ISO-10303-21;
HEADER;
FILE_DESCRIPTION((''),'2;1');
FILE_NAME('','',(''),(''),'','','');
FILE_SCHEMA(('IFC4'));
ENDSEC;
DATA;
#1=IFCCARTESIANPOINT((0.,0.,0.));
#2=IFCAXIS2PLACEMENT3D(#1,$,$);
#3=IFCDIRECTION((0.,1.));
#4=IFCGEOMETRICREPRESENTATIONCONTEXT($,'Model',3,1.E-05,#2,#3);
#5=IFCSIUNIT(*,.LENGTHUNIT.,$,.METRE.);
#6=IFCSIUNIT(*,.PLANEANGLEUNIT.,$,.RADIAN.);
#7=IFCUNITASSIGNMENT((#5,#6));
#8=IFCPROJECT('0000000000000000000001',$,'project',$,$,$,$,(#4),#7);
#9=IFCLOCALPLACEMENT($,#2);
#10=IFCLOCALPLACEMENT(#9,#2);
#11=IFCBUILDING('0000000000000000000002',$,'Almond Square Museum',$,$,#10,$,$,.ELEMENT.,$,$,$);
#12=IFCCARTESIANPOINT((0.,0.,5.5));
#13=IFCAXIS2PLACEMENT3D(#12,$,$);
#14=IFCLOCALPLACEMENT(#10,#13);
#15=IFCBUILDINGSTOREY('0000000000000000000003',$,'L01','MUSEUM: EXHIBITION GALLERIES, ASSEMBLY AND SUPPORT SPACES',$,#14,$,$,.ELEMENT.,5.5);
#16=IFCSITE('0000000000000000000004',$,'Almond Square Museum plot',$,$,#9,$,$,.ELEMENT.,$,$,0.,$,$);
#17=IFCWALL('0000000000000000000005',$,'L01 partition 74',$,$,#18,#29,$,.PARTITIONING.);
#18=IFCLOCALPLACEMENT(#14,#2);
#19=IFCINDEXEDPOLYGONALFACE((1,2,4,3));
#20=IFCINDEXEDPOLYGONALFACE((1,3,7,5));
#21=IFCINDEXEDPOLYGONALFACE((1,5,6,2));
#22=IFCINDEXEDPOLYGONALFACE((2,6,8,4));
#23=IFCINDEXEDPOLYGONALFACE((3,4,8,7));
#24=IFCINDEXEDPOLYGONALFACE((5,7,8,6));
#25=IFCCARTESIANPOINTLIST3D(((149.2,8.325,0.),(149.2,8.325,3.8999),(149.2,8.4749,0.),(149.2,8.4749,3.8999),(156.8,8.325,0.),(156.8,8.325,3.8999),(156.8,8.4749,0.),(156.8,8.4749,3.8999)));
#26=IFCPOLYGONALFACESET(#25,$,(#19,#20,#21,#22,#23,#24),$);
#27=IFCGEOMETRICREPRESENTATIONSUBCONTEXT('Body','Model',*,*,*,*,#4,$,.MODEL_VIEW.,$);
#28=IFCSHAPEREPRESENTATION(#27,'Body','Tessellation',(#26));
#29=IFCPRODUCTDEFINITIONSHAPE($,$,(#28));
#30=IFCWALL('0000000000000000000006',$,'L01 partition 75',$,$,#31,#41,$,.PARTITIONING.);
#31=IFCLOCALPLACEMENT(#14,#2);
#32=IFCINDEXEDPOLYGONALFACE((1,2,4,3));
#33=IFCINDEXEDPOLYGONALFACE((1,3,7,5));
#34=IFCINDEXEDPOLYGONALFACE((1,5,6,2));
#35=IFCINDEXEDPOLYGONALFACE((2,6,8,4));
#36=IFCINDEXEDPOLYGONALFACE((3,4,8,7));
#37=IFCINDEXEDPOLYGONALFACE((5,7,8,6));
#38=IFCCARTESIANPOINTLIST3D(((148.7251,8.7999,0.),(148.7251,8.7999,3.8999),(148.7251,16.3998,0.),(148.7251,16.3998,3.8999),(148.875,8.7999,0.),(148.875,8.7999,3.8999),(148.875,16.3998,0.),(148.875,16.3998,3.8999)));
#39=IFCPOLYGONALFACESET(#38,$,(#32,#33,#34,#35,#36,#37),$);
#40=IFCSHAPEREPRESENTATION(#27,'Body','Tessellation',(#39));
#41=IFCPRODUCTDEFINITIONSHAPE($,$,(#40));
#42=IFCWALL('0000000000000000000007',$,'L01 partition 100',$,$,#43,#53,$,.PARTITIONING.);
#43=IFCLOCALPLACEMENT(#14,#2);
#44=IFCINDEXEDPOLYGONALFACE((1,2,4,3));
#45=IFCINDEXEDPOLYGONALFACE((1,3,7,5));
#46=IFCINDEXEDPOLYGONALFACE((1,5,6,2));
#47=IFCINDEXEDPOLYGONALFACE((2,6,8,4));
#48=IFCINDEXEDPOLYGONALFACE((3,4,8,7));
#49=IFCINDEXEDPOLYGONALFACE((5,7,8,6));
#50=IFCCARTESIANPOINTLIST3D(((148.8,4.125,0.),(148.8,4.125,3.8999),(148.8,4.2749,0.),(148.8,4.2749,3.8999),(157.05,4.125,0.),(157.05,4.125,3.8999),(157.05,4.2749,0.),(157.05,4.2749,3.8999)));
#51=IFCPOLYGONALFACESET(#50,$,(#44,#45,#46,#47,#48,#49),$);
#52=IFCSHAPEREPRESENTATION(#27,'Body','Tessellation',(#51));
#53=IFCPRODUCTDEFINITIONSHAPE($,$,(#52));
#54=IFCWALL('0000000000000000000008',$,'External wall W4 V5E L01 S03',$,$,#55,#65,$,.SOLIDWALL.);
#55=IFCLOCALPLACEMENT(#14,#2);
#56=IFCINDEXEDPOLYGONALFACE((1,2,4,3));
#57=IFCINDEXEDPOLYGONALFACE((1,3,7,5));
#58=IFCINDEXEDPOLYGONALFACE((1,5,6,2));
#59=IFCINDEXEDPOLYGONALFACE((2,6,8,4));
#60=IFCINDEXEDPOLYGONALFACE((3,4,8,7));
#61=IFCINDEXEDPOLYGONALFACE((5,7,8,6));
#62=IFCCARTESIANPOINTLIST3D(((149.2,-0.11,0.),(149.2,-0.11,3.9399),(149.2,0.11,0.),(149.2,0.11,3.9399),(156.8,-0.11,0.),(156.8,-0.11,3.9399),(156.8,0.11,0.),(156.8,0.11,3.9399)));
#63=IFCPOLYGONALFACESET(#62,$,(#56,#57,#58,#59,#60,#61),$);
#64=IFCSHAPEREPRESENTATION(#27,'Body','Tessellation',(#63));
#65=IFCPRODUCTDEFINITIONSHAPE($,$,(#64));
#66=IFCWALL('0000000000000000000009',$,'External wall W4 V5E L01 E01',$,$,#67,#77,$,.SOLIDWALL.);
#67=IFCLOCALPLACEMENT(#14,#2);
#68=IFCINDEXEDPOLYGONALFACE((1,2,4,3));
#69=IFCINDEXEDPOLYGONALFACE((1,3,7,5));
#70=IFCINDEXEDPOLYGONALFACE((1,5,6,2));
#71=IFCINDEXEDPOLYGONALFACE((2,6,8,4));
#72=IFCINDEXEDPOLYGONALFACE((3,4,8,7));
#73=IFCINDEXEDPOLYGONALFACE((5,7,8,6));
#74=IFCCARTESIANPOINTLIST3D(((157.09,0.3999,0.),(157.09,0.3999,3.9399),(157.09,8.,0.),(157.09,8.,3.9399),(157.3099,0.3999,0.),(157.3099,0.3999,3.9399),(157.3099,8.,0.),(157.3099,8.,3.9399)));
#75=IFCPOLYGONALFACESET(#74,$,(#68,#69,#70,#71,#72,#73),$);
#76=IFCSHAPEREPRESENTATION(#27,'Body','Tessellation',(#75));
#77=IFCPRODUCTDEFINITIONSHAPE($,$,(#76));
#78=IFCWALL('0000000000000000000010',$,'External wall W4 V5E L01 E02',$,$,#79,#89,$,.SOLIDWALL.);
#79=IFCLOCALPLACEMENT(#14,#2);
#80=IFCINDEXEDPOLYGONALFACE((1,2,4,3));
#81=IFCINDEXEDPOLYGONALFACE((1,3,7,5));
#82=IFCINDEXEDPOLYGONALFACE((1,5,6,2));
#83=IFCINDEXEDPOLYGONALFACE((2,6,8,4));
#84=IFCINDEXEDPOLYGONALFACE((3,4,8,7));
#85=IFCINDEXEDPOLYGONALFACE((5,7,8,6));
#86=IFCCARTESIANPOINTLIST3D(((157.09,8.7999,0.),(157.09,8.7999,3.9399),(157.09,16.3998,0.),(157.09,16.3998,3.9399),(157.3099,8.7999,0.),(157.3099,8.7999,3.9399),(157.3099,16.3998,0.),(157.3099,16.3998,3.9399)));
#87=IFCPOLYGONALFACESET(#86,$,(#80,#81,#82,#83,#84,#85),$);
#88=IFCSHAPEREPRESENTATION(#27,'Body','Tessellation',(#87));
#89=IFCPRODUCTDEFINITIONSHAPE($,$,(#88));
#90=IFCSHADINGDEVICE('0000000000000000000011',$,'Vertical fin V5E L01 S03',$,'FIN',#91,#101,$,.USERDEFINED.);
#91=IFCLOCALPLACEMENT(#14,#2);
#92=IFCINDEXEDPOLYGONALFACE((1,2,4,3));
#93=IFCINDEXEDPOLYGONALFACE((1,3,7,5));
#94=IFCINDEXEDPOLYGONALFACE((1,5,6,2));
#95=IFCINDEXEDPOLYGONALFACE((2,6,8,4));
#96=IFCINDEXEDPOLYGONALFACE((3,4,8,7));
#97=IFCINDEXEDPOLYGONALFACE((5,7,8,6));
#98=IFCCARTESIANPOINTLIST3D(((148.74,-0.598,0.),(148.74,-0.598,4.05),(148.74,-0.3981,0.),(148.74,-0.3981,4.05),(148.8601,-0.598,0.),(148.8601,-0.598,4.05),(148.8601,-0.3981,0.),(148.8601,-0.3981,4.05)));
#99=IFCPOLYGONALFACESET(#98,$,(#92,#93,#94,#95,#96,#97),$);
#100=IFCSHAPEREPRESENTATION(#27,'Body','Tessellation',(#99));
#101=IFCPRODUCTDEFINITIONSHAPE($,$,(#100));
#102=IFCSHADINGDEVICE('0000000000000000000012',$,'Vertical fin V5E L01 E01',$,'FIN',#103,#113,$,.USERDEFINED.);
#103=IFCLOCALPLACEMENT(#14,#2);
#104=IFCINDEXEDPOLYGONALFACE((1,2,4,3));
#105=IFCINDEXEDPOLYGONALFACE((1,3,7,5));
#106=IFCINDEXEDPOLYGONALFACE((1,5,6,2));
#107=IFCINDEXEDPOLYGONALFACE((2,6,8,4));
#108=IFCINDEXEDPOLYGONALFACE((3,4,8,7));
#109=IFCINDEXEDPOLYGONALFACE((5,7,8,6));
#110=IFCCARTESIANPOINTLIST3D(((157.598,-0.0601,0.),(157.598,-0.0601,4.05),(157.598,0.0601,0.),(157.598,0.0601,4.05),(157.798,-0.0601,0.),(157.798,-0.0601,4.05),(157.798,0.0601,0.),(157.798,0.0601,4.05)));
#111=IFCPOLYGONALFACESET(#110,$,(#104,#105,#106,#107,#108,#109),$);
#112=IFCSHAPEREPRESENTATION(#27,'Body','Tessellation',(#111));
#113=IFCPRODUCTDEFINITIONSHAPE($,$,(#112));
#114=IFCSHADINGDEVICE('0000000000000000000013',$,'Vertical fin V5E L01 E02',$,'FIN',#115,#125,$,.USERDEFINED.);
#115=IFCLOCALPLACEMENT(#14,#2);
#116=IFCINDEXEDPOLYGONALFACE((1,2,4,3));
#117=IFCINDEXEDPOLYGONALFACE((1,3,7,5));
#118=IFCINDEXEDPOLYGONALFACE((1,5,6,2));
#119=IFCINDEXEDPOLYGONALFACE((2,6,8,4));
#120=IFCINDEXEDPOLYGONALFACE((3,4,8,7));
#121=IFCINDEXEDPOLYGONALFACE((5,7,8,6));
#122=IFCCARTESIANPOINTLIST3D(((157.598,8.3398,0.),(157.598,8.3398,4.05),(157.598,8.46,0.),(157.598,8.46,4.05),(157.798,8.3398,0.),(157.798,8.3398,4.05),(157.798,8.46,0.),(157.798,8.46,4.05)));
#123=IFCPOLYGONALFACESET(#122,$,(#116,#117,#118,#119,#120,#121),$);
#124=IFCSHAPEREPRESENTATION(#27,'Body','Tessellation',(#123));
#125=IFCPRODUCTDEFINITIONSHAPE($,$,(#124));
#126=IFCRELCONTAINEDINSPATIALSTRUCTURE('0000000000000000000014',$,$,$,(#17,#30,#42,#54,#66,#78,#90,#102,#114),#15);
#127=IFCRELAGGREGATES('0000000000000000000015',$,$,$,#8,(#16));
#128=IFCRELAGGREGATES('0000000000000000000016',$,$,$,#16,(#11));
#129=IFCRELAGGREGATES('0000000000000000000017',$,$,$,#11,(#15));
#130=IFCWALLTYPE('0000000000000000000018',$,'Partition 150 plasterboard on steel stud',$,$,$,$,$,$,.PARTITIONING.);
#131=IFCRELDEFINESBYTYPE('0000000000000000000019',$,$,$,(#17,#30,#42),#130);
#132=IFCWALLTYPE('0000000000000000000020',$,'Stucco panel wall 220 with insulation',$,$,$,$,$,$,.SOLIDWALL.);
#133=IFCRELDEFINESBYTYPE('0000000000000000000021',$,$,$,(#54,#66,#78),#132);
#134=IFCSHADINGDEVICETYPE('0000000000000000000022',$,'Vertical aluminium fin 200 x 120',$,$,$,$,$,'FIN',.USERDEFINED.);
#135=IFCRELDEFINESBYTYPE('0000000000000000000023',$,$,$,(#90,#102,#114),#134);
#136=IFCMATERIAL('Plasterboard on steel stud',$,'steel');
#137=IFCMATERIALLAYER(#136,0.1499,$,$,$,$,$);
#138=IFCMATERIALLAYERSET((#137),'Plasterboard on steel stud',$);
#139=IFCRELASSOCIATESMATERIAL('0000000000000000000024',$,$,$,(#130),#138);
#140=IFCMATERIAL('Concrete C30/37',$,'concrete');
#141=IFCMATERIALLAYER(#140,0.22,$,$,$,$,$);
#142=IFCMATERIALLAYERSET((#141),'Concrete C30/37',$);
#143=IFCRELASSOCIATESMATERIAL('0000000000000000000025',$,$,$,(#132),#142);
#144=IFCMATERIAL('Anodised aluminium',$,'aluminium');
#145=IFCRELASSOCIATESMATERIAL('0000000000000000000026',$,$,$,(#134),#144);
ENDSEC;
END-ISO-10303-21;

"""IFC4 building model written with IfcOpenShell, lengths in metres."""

from ifc_helpers import new_model, si_unit, direction, frame, frame_2d, origin, origin_2d, place, context, subcontext, project, spatial, rectangle, extrude, material, layer, layer_set, material_profile, profile_set, type_object, element, save


model = new_model("IFC4")

# Units and contexts
model_context = context("Model", 3, precision=1e-05, world=origin(), true_north=direction((0.0, 1.0)))
body_context = subcontext(model_context, "Body", "Model", "MODEL_VIEW")
ifc_project = project(units=[si_unit("LENGTHUNIT", "METRE"), si_unit("PLANEANGLEUNIT", "RADIAN")], contexts=[model_context])

# Site, building, storey
site_placement = place(None, origin())
site = spatial("IfcSite", under=ifc_project, at=site_placement, Name="Almond Square Museum plot", CompositionType="ELEMENT", RefElevation=0.0)
building_placement = place(site_placement, origin())
building = spatial("IfcBuilding", under=site, at=building_placement, Name="Almond Square Museum", CompositionType="ELEMENT")
storey_placement = place(building_placement, frame((0.0, 0.0, 5.5)))
storey = spatial("IfcBuildingStorey", under=building, at=storey_placement, Name="L01", Description="MUSEUM: EXHIBITION GALLERIES, ASSEMBLY AND SUPPORT SPACES", CompositionType="ELEMENT", Elevation=5.5)

# Walls
ifc_material_1 = material(Name="Plasterboard on steel stud", Category="steel")
ifc_layer_1 = layer(ifc_material_1, 0.1499)
ifc_layer_set_1 = layer_set([ifc_layer_1], Name="Plasterboard on steel stud")
wall_type_1 = type_object("IfcWallType", Name="Partition 150 plasterboard on steel stud", PredefinedType="PARTITIONING", material=ifc_layer_set_1)
wall_1_placement = place(storey_placement, frame((149.2, 8.3999, 0.0), z_axis=(0.0, 0.0, 1.0), x_axis=(1.0, 0.0, 0.0)))
element("IfcWall", 1, at=wall_1_placement, inside=storey, type_object=wall_type_1, Name="L01 partition 74", PredefinedType="PARTITIONING", context=body_context, shape_type="SweptSolid", body=[
    extrude(rectangle(XDim=7.6001, YDim=0.1499, at=frame_2d((3.8, 0.0))), origin(), (0.0, 0.0, 1.0), 3.8999),
])
wall_2_placement = place(storey_placement, frame((148.8, 8.8, 0.0), z_axis=(0.0, 0.0, 1.0), x_axis=(0.0, 1.0, 0.0)))
element("IfcWall", 2, at=wall_2_placement, inside=storey, type_object=wall_type_1, Name="L01 partition 75", PredefinedType="PARTITIONING", context=body_context, shape_type="SweptSolid", body=[
    extrude(rectangle(XDim=7.5999, YDim=0.1499, at=frame_2d((3.7998, 0.0))), origin(), (0.0, 0.0, 1.0), 3.8999),
])
wall_3_placement = place(storey_placement, frame((148.8, 4.2, 0.0), z_axis=(0.0, 0.0, 1.0), x_axis=(1.0, 0.0, 0.0)))
element("IfcWall", 3, at=wall_3_placement, inside=storey, type_object=wall_type_1, Name="L01 partition 100", PredefinedType="PARTITIONING", context=body_context, shape_type="SweptSolid", body=[
    extrude(rectangle(XDim=8.25, YDim=0.1499, at=frame_2d((4.125, 0.0))), origin(), (0.0, 0.0, 1.0), 3.8999),
])
ifc_material_2 = material(Name="Concrete C30/37", Category="concrete")
ifc_layer_2 = layer(ifc_material_2, 0.22)
ifc_layer_set_2 = layer_set([ifc_layer_2], Name="Concrete C30/37")
wall_type_2 = type_object("IfcWallType", Name="Stucco panel wall 220 with insulation", PredefinedType="SOLIDWALL", material=ifc_layer_set_2)
for number, where, z_axis, x_axis, name in (
    (4, (149.2, 0.0, 0.0), (0.0, 0.0, 1.0), (1.0, 0.0, 0.0), "External wall W4 V5E L01 S03"),
    (5, (157.2, 0.3999, 0.0), (0.0, 0.0, 1.0), (0.0, 1.0, 0.0), "External wall W4 V5E L01 E01"),
):
    element("IfcWall", number, at=place(storey_placement, frame(where, z_axis=z_axis, x_axis=x_axis)), inside=storey, type_object=wall_type_2, Name=name, PredefinedType="SOLIDWALL", context=body_context, shape_type="SweptSolid", body=[
        extrude(rectangle(XDim=7.6001, YDim=0.22, at=frame_2d((3.8, 0.0))), origin(), (0.0, 0.0, 1.0), 3.9399),
    ])
wall_4_placement = place(storey_placement, frame((157.2, 8.8, 0.0), z_axis=(0.0, 0.0, 1.0), x_axis=(0.0, 1.0, 0.0)))
element("IfcWall", 6, at=wall_4_placement, inside=storey, type_object=wall_type_2, Name="External wall W4 V5E L01 E02", PredefinedType="SOLIDWALL", context=body_context, shape_type="SweptSolid", body=[
    extrude(rectangle(XDim=7.5999, YDim=0.22, at=frame_2d((3.7998, 0.0))), origin(), (0.0, 0.0, 1.0), 3.9399),
])

# Shading devices
ifc_material_3 = material(Name="Anodised aluminium", Category="aluminium")
ifc_material_profile_1 = material_profile(ifc_material_3, rectangle(XDim=0.2, YDim=0.1201, at=origin_2d()))
ifc_profile_set_1 = profile_set([ifc_material_profile_1], Name="Anodised aluminium")
shading_device_type = type_object("IfcShadingDeviceType", Name="Vertical aluminium fin 200 x 120", ElementType="FIN", PredefinedType="USERDEFINED", material=ifc_profile_set_1)
for number, where, z_axis, x_axis, name in (
    (7, (148.8, -0.498, 0.0), (0.0, 0.0, 1.0), (0.0, -1.0, 0.0), "Vertical fin V5E L01 S03"),
    (8, (157.698, 0.0, 0.0), (0.0, 0.0, 1.0), (1.0, 0.0, 0.0), "Vertical fin V5E L01 E01"),
    (9, (157.698, 8.3999, 0.0), (0.0, 0.0, 1.0), (1.0, 0.0, 0.0), "Vertical fin V5E L01 E02"),
):
    element("IfcShadingDevice", number, at=place(storey_placement, frame(where, z_axis=z_axis, x_axis=x_axis)), inside=storey, type_object=shading_device_type, Name=name, ObjectType="FIN", PredefinedType="USERDEFINED", context=body_context, shape_type="SweptSolid", body=[
        extrude(rectangle(XDim=0.2, YDim=0.1201, at=origin_2d()), origin(), (0.0, 0.0, 1.0), 4.05),
    ])

save(model, "model.ifc")
